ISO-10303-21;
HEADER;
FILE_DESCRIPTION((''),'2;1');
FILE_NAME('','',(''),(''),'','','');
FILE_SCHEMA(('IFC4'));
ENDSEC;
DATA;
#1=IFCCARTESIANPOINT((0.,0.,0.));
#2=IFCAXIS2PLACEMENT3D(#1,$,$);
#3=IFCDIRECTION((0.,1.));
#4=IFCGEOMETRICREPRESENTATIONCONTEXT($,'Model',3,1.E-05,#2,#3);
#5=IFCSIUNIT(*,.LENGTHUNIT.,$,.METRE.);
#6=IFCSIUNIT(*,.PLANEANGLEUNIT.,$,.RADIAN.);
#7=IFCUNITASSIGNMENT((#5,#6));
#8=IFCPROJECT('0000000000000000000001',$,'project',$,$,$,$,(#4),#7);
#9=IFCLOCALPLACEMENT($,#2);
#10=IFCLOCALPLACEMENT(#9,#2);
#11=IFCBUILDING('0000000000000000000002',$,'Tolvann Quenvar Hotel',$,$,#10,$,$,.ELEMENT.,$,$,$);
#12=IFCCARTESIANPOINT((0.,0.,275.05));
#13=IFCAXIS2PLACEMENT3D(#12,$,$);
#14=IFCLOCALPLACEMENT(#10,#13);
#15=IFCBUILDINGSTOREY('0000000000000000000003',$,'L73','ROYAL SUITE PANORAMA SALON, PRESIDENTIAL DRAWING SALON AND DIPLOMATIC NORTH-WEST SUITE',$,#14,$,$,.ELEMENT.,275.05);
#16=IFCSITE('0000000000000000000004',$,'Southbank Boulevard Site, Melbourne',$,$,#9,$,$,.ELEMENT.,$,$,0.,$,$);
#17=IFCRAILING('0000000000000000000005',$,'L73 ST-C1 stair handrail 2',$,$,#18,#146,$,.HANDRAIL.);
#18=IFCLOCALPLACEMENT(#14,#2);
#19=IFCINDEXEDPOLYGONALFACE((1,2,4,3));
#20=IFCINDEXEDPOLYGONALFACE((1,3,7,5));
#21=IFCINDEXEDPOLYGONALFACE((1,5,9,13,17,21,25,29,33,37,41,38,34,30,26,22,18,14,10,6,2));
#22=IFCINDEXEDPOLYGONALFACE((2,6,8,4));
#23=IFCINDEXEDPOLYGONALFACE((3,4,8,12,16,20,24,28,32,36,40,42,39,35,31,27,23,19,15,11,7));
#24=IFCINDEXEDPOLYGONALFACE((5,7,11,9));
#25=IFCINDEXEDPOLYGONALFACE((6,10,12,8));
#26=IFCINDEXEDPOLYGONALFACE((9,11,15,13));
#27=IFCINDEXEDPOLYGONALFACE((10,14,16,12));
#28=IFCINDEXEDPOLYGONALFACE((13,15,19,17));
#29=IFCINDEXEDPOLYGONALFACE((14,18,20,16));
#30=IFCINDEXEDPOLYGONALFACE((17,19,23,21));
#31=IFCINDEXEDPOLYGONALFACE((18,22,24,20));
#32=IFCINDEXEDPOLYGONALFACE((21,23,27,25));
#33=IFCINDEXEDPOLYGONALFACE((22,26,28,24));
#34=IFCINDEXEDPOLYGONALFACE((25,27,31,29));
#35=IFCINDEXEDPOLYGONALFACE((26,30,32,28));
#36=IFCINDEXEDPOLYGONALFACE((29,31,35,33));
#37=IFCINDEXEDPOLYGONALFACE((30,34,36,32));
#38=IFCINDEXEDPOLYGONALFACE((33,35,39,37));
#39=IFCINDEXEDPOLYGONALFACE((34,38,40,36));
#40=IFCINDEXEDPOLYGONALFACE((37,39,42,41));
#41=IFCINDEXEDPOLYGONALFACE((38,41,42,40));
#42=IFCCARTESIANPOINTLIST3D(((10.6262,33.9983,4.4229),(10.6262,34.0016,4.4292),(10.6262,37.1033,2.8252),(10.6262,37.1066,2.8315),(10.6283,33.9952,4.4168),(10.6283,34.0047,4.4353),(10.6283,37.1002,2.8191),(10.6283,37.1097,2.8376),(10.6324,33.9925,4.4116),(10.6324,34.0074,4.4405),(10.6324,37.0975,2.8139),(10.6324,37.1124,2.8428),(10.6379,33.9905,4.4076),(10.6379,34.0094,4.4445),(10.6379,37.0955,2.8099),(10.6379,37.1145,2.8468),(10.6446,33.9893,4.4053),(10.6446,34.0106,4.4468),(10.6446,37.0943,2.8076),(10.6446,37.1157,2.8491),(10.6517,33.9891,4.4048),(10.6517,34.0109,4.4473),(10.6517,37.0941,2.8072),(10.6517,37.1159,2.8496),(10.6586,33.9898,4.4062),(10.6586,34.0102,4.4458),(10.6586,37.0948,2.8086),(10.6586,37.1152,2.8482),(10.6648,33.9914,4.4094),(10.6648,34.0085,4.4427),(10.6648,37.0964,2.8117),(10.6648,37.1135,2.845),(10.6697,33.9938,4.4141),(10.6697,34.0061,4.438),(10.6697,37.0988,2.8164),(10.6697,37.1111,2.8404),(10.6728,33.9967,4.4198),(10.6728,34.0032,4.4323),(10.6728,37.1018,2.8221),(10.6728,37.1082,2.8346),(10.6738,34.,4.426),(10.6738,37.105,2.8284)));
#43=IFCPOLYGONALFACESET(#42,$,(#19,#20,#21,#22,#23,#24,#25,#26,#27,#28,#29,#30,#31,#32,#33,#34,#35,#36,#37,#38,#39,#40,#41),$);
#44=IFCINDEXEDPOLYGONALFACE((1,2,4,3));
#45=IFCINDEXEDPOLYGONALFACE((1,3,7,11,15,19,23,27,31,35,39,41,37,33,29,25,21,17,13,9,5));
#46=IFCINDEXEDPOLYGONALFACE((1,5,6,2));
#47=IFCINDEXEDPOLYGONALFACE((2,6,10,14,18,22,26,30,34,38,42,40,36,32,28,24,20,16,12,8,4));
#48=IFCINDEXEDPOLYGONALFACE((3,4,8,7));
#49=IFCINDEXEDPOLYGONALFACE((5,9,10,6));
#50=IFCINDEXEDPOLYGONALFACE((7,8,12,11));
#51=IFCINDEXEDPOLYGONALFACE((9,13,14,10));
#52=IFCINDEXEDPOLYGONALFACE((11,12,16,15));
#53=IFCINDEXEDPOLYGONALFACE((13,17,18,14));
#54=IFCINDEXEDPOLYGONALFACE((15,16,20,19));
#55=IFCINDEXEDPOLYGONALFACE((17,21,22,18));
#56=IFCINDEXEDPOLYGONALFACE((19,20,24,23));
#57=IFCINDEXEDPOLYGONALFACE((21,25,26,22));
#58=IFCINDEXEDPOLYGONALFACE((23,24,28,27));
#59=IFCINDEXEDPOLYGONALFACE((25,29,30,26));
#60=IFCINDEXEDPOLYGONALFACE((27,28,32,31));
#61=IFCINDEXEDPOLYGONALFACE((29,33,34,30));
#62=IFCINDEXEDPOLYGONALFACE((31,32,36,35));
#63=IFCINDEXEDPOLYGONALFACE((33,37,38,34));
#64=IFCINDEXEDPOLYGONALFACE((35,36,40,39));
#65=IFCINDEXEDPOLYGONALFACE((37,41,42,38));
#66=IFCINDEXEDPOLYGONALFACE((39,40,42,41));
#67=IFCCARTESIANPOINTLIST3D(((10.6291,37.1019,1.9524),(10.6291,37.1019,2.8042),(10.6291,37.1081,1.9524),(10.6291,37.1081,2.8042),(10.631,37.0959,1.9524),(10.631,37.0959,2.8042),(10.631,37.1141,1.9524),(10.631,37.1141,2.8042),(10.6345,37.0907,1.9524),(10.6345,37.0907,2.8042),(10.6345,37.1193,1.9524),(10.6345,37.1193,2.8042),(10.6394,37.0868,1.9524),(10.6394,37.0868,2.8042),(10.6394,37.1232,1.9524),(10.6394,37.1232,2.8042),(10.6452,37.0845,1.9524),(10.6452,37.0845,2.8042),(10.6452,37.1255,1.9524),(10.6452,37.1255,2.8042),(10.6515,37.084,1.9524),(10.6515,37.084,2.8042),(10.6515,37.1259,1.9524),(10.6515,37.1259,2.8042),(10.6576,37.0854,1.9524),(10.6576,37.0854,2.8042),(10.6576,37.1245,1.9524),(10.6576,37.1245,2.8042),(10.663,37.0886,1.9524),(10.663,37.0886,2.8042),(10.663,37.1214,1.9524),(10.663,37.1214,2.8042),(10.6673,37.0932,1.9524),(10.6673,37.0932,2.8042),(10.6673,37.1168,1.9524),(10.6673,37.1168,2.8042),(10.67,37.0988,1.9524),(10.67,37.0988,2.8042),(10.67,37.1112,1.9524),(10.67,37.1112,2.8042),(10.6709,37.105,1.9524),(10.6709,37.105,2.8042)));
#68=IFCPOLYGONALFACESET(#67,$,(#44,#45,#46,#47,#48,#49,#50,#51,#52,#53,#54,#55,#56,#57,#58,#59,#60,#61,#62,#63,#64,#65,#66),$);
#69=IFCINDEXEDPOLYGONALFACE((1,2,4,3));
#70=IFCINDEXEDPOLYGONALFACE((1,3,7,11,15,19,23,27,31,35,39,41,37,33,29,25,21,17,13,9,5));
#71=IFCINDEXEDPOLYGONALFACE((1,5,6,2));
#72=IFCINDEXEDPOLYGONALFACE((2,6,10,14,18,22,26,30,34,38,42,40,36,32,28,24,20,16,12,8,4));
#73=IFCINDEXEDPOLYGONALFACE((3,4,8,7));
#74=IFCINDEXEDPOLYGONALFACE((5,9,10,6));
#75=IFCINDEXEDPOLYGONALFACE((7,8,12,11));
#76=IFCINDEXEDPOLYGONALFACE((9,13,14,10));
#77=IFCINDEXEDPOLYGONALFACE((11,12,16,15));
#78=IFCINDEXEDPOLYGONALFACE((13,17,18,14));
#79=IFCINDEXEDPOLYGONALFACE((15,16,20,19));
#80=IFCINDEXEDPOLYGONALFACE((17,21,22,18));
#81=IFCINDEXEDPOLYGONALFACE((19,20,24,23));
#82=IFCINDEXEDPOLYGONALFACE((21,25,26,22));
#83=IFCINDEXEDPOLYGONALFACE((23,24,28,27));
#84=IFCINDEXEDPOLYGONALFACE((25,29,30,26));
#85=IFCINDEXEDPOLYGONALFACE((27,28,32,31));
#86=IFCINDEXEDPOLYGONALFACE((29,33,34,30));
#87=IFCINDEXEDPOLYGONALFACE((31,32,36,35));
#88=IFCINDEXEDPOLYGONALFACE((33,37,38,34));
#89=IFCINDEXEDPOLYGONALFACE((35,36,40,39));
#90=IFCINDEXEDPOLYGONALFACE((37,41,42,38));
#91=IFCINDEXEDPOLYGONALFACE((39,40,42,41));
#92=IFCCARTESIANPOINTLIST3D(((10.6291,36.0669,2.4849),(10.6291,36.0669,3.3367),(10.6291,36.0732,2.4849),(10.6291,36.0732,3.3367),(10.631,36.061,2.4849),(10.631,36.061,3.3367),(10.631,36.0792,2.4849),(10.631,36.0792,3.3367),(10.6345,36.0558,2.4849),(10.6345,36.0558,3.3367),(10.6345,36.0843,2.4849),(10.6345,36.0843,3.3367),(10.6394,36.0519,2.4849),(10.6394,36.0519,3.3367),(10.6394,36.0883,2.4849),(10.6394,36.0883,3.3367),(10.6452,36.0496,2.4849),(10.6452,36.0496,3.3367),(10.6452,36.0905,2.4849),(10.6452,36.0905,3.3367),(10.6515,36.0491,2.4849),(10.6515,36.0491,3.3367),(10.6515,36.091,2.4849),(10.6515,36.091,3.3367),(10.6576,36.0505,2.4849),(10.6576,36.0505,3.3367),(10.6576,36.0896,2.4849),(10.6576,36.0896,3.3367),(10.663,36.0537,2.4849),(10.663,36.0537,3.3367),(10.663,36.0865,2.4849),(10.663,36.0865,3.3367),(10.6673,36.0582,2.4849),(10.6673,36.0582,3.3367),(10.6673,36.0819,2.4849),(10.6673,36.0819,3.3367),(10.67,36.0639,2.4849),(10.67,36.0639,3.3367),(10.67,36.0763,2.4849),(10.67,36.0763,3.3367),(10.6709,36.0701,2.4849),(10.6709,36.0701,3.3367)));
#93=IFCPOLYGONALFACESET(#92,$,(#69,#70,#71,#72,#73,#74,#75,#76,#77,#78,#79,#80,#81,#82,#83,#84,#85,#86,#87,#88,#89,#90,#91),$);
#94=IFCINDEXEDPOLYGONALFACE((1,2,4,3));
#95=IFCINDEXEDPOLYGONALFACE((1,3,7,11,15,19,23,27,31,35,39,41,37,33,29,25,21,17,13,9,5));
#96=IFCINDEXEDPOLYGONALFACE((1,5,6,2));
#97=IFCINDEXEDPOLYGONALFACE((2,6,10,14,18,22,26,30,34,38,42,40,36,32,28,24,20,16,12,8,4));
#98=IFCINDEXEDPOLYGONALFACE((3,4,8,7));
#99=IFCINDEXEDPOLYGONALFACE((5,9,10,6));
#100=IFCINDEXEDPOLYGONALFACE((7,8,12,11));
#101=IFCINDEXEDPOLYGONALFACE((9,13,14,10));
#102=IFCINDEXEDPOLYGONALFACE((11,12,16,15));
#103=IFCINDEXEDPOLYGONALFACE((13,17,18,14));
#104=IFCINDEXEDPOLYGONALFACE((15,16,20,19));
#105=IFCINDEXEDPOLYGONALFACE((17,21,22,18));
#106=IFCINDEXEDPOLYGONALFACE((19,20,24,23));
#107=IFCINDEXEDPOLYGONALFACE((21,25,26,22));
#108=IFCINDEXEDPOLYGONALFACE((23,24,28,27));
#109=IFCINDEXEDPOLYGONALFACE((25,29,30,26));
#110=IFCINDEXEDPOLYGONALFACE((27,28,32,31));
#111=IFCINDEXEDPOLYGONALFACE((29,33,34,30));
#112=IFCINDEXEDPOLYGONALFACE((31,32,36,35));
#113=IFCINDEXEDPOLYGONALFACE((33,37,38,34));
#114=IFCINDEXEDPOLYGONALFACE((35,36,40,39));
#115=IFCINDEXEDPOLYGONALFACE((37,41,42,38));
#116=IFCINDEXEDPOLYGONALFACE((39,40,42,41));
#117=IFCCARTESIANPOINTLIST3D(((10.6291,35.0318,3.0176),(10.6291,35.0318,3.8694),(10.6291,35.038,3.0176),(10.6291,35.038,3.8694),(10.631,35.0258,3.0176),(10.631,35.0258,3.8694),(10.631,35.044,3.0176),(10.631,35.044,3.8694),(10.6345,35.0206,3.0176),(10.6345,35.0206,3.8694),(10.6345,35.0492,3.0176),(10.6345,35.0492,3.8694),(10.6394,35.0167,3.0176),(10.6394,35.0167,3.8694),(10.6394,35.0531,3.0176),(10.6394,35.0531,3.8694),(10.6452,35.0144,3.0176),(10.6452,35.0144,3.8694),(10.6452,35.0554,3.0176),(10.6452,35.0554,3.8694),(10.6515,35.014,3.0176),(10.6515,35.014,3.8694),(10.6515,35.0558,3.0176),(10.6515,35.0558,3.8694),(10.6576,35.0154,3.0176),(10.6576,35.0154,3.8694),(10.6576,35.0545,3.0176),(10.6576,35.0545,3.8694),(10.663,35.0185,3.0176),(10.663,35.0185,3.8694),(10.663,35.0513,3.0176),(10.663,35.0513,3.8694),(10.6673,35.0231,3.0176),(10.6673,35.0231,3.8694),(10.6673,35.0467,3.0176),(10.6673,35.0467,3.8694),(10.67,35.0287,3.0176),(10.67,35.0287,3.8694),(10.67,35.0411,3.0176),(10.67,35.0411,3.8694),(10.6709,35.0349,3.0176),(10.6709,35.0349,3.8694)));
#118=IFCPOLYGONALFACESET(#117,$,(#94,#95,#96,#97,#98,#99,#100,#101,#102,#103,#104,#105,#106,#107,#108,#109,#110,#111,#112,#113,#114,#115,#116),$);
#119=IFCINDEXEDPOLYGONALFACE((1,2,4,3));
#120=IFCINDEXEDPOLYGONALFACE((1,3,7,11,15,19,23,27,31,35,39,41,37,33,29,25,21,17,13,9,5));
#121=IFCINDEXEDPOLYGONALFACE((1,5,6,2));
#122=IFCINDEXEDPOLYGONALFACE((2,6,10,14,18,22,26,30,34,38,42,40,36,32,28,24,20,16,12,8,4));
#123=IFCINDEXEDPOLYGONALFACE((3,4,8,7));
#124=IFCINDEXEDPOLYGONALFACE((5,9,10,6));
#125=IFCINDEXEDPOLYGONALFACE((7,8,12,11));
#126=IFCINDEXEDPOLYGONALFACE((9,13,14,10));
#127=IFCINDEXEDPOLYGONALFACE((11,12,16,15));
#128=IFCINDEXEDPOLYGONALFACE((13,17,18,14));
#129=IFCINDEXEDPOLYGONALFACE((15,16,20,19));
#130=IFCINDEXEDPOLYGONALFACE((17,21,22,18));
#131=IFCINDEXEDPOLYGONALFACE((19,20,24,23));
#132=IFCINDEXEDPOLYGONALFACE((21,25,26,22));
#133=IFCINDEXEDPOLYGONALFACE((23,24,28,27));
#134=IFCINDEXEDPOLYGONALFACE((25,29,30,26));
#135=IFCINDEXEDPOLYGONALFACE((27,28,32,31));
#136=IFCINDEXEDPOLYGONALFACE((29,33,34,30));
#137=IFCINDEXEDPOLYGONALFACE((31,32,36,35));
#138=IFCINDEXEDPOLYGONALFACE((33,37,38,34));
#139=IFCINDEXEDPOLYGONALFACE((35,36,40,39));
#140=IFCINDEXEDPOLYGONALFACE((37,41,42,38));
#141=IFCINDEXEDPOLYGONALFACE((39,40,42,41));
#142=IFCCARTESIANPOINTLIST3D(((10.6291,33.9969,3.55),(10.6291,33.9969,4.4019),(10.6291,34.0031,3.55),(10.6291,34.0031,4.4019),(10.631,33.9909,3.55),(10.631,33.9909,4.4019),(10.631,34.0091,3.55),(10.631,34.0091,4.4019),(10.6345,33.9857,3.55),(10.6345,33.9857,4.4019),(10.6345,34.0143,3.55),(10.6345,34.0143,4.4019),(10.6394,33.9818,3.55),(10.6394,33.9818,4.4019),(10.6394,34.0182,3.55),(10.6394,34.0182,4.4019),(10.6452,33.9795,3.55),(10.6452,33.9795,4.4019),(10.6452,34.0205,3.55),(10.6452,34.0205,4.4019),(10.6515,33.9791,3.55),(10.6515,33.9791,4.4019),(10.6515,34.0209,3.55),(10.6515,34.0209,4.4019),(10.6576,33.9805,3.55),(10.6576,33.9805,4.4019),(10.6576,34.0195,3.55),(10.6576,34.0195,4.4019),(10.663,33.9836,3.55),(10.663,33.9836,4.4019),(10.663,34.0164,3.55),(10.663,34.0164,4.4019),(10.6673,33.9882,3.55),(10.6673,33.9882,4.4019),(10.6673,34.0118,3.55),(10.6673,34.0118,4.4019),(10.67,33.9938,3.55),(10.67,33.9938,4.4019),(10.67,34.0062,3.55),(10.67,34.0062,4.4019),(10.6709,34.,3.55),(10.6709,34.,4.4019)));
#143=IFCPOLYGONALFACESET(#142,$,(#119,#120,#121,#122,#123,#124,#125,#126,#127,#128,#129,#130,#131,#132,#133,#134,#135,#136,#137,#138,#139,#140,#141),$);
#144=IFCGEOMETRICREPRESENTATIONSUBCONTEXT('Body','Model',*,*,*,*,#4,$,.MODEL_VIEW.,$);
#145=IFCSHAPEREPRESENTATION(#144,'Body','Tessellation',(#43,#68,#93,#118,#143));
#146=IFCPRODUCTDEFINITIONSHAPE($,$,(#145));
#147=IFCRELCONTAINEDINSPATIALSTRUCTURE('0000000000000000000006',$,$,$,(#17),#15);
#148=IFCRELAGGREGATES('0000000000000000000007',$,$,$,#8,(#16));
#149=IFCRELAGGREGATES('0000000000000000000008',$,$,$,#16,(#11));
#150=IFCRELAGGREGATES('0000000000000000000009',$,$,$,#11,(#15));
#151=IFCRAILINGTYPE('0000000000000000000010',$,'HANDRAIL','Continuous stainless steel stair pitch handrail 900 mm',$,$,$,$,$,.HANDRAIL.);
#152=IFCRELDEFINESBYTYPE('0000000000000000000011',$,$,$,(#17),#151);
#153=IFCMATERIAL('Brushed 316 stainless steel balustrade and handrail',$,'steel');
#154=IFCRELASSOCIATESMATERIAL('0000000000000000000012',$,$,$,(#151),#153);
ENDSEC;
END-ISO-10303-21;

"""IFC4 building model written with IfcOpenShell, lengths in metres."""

from ifc_helpers import new_model, si_unit, direction, frame, origin, origin_2d, place, context, subcontext, project, spatial, circle, extrude, material, type_object, element, save


model = new_model("IFC4")

# Units and contexts
model_context = context("Model", 3, precision=1e-05, world=origin(), true_north=direction((0.0, 1.0)))
body_context = subcontext(model_context, "Body", "Model", "MODEL_VIEW")
ifc_project = project(units=[si_unit("LENGTHUNIT", "METRE"), si_unit("PLANEANGLEUNIT", "RADIAN")], contexts=[model_context])

# Site, building, storey
site_placement = place(None, origin())
site = spatial("IfcSite", under=ifc_project, at=site_placement, Name="Southbank Boulevard Site, Melbourne", CompositionType="ELEMENT", RefElevation=0.0)
building_placement = place(site_placement, origin())
building = spatial("IfcBuilding", under=site, at=building_placement, Name="Tolvann Quenvar Hotel", CompositionType="ELEMENT")
storey_placement = place(building_placement, frame((0.0, 0.0, 275.05)))
storey = spatial("IfcBuildingStorey", under=building, at=storey_placement, Name="L73", Description="ROYAL SUITE PANORAMA SALON, PRESIDENTIAL DRAWING SALON AND DIPLOMATIC NORTH-WEST SUITE", CompositionType="ELEMENT", Elevation=275.05)

# Railing
ifc_material_1 = material(Name="Brushed 316 stainless steel balustrade and handrail", Category="steel")
railing_type_1 = type_object("IfcRailingType", Name="HANDRAIL", Description="Continuous stainless steel stair pitch handrail 900 mm", PredefinedType="HANDRAIL", material=ifc_material_1)
railing_1_placement = place(storey_placement, frame((10.6499, 37.105, 1.9524)))
element("IfcRailing", 1, at=railing_1_placement, inside=storey, type_object=railing_type_1, Name="L73 ST-C1 stair handrail 2", PredefinedType="HANDRAIL", context=body_context, shape_type="SweptSolid", body=[
    extrude(circle(Radius=0.0239, at=origin_2d()), frame((0.0, 0.0, 0.876), z_axis=(0.0, -0.889194, 0.457531), x_axis=(1.0, 0.0, 0.0)), (0.0, 0.0, 1.0), 3.4919),
    extrude(circle(Radius=0.021, at=origin_2d()), origin(), (0.0, 0.0, 1.0), 0.8518),
    extrude(circle(Radius=0.021, at=origin_2d()), frame((0.0, -1.0349, 0.5325)), (0.0, 0.0, 1.0), 0.8518),
    extrude(circle(Radius=0.021, at=origin_2d()), frame((0.0, -2.0701, 1.0652)), (0.0, 0.0, 1.0), 0.8518),
    extrude(circle(Radius=0.021, at=origin_2d()), frame((0.0, -3.105, 1.5977)), (0.0, 0.0, 1.0), 0.8518),
])

save(model, "model.ifc")
